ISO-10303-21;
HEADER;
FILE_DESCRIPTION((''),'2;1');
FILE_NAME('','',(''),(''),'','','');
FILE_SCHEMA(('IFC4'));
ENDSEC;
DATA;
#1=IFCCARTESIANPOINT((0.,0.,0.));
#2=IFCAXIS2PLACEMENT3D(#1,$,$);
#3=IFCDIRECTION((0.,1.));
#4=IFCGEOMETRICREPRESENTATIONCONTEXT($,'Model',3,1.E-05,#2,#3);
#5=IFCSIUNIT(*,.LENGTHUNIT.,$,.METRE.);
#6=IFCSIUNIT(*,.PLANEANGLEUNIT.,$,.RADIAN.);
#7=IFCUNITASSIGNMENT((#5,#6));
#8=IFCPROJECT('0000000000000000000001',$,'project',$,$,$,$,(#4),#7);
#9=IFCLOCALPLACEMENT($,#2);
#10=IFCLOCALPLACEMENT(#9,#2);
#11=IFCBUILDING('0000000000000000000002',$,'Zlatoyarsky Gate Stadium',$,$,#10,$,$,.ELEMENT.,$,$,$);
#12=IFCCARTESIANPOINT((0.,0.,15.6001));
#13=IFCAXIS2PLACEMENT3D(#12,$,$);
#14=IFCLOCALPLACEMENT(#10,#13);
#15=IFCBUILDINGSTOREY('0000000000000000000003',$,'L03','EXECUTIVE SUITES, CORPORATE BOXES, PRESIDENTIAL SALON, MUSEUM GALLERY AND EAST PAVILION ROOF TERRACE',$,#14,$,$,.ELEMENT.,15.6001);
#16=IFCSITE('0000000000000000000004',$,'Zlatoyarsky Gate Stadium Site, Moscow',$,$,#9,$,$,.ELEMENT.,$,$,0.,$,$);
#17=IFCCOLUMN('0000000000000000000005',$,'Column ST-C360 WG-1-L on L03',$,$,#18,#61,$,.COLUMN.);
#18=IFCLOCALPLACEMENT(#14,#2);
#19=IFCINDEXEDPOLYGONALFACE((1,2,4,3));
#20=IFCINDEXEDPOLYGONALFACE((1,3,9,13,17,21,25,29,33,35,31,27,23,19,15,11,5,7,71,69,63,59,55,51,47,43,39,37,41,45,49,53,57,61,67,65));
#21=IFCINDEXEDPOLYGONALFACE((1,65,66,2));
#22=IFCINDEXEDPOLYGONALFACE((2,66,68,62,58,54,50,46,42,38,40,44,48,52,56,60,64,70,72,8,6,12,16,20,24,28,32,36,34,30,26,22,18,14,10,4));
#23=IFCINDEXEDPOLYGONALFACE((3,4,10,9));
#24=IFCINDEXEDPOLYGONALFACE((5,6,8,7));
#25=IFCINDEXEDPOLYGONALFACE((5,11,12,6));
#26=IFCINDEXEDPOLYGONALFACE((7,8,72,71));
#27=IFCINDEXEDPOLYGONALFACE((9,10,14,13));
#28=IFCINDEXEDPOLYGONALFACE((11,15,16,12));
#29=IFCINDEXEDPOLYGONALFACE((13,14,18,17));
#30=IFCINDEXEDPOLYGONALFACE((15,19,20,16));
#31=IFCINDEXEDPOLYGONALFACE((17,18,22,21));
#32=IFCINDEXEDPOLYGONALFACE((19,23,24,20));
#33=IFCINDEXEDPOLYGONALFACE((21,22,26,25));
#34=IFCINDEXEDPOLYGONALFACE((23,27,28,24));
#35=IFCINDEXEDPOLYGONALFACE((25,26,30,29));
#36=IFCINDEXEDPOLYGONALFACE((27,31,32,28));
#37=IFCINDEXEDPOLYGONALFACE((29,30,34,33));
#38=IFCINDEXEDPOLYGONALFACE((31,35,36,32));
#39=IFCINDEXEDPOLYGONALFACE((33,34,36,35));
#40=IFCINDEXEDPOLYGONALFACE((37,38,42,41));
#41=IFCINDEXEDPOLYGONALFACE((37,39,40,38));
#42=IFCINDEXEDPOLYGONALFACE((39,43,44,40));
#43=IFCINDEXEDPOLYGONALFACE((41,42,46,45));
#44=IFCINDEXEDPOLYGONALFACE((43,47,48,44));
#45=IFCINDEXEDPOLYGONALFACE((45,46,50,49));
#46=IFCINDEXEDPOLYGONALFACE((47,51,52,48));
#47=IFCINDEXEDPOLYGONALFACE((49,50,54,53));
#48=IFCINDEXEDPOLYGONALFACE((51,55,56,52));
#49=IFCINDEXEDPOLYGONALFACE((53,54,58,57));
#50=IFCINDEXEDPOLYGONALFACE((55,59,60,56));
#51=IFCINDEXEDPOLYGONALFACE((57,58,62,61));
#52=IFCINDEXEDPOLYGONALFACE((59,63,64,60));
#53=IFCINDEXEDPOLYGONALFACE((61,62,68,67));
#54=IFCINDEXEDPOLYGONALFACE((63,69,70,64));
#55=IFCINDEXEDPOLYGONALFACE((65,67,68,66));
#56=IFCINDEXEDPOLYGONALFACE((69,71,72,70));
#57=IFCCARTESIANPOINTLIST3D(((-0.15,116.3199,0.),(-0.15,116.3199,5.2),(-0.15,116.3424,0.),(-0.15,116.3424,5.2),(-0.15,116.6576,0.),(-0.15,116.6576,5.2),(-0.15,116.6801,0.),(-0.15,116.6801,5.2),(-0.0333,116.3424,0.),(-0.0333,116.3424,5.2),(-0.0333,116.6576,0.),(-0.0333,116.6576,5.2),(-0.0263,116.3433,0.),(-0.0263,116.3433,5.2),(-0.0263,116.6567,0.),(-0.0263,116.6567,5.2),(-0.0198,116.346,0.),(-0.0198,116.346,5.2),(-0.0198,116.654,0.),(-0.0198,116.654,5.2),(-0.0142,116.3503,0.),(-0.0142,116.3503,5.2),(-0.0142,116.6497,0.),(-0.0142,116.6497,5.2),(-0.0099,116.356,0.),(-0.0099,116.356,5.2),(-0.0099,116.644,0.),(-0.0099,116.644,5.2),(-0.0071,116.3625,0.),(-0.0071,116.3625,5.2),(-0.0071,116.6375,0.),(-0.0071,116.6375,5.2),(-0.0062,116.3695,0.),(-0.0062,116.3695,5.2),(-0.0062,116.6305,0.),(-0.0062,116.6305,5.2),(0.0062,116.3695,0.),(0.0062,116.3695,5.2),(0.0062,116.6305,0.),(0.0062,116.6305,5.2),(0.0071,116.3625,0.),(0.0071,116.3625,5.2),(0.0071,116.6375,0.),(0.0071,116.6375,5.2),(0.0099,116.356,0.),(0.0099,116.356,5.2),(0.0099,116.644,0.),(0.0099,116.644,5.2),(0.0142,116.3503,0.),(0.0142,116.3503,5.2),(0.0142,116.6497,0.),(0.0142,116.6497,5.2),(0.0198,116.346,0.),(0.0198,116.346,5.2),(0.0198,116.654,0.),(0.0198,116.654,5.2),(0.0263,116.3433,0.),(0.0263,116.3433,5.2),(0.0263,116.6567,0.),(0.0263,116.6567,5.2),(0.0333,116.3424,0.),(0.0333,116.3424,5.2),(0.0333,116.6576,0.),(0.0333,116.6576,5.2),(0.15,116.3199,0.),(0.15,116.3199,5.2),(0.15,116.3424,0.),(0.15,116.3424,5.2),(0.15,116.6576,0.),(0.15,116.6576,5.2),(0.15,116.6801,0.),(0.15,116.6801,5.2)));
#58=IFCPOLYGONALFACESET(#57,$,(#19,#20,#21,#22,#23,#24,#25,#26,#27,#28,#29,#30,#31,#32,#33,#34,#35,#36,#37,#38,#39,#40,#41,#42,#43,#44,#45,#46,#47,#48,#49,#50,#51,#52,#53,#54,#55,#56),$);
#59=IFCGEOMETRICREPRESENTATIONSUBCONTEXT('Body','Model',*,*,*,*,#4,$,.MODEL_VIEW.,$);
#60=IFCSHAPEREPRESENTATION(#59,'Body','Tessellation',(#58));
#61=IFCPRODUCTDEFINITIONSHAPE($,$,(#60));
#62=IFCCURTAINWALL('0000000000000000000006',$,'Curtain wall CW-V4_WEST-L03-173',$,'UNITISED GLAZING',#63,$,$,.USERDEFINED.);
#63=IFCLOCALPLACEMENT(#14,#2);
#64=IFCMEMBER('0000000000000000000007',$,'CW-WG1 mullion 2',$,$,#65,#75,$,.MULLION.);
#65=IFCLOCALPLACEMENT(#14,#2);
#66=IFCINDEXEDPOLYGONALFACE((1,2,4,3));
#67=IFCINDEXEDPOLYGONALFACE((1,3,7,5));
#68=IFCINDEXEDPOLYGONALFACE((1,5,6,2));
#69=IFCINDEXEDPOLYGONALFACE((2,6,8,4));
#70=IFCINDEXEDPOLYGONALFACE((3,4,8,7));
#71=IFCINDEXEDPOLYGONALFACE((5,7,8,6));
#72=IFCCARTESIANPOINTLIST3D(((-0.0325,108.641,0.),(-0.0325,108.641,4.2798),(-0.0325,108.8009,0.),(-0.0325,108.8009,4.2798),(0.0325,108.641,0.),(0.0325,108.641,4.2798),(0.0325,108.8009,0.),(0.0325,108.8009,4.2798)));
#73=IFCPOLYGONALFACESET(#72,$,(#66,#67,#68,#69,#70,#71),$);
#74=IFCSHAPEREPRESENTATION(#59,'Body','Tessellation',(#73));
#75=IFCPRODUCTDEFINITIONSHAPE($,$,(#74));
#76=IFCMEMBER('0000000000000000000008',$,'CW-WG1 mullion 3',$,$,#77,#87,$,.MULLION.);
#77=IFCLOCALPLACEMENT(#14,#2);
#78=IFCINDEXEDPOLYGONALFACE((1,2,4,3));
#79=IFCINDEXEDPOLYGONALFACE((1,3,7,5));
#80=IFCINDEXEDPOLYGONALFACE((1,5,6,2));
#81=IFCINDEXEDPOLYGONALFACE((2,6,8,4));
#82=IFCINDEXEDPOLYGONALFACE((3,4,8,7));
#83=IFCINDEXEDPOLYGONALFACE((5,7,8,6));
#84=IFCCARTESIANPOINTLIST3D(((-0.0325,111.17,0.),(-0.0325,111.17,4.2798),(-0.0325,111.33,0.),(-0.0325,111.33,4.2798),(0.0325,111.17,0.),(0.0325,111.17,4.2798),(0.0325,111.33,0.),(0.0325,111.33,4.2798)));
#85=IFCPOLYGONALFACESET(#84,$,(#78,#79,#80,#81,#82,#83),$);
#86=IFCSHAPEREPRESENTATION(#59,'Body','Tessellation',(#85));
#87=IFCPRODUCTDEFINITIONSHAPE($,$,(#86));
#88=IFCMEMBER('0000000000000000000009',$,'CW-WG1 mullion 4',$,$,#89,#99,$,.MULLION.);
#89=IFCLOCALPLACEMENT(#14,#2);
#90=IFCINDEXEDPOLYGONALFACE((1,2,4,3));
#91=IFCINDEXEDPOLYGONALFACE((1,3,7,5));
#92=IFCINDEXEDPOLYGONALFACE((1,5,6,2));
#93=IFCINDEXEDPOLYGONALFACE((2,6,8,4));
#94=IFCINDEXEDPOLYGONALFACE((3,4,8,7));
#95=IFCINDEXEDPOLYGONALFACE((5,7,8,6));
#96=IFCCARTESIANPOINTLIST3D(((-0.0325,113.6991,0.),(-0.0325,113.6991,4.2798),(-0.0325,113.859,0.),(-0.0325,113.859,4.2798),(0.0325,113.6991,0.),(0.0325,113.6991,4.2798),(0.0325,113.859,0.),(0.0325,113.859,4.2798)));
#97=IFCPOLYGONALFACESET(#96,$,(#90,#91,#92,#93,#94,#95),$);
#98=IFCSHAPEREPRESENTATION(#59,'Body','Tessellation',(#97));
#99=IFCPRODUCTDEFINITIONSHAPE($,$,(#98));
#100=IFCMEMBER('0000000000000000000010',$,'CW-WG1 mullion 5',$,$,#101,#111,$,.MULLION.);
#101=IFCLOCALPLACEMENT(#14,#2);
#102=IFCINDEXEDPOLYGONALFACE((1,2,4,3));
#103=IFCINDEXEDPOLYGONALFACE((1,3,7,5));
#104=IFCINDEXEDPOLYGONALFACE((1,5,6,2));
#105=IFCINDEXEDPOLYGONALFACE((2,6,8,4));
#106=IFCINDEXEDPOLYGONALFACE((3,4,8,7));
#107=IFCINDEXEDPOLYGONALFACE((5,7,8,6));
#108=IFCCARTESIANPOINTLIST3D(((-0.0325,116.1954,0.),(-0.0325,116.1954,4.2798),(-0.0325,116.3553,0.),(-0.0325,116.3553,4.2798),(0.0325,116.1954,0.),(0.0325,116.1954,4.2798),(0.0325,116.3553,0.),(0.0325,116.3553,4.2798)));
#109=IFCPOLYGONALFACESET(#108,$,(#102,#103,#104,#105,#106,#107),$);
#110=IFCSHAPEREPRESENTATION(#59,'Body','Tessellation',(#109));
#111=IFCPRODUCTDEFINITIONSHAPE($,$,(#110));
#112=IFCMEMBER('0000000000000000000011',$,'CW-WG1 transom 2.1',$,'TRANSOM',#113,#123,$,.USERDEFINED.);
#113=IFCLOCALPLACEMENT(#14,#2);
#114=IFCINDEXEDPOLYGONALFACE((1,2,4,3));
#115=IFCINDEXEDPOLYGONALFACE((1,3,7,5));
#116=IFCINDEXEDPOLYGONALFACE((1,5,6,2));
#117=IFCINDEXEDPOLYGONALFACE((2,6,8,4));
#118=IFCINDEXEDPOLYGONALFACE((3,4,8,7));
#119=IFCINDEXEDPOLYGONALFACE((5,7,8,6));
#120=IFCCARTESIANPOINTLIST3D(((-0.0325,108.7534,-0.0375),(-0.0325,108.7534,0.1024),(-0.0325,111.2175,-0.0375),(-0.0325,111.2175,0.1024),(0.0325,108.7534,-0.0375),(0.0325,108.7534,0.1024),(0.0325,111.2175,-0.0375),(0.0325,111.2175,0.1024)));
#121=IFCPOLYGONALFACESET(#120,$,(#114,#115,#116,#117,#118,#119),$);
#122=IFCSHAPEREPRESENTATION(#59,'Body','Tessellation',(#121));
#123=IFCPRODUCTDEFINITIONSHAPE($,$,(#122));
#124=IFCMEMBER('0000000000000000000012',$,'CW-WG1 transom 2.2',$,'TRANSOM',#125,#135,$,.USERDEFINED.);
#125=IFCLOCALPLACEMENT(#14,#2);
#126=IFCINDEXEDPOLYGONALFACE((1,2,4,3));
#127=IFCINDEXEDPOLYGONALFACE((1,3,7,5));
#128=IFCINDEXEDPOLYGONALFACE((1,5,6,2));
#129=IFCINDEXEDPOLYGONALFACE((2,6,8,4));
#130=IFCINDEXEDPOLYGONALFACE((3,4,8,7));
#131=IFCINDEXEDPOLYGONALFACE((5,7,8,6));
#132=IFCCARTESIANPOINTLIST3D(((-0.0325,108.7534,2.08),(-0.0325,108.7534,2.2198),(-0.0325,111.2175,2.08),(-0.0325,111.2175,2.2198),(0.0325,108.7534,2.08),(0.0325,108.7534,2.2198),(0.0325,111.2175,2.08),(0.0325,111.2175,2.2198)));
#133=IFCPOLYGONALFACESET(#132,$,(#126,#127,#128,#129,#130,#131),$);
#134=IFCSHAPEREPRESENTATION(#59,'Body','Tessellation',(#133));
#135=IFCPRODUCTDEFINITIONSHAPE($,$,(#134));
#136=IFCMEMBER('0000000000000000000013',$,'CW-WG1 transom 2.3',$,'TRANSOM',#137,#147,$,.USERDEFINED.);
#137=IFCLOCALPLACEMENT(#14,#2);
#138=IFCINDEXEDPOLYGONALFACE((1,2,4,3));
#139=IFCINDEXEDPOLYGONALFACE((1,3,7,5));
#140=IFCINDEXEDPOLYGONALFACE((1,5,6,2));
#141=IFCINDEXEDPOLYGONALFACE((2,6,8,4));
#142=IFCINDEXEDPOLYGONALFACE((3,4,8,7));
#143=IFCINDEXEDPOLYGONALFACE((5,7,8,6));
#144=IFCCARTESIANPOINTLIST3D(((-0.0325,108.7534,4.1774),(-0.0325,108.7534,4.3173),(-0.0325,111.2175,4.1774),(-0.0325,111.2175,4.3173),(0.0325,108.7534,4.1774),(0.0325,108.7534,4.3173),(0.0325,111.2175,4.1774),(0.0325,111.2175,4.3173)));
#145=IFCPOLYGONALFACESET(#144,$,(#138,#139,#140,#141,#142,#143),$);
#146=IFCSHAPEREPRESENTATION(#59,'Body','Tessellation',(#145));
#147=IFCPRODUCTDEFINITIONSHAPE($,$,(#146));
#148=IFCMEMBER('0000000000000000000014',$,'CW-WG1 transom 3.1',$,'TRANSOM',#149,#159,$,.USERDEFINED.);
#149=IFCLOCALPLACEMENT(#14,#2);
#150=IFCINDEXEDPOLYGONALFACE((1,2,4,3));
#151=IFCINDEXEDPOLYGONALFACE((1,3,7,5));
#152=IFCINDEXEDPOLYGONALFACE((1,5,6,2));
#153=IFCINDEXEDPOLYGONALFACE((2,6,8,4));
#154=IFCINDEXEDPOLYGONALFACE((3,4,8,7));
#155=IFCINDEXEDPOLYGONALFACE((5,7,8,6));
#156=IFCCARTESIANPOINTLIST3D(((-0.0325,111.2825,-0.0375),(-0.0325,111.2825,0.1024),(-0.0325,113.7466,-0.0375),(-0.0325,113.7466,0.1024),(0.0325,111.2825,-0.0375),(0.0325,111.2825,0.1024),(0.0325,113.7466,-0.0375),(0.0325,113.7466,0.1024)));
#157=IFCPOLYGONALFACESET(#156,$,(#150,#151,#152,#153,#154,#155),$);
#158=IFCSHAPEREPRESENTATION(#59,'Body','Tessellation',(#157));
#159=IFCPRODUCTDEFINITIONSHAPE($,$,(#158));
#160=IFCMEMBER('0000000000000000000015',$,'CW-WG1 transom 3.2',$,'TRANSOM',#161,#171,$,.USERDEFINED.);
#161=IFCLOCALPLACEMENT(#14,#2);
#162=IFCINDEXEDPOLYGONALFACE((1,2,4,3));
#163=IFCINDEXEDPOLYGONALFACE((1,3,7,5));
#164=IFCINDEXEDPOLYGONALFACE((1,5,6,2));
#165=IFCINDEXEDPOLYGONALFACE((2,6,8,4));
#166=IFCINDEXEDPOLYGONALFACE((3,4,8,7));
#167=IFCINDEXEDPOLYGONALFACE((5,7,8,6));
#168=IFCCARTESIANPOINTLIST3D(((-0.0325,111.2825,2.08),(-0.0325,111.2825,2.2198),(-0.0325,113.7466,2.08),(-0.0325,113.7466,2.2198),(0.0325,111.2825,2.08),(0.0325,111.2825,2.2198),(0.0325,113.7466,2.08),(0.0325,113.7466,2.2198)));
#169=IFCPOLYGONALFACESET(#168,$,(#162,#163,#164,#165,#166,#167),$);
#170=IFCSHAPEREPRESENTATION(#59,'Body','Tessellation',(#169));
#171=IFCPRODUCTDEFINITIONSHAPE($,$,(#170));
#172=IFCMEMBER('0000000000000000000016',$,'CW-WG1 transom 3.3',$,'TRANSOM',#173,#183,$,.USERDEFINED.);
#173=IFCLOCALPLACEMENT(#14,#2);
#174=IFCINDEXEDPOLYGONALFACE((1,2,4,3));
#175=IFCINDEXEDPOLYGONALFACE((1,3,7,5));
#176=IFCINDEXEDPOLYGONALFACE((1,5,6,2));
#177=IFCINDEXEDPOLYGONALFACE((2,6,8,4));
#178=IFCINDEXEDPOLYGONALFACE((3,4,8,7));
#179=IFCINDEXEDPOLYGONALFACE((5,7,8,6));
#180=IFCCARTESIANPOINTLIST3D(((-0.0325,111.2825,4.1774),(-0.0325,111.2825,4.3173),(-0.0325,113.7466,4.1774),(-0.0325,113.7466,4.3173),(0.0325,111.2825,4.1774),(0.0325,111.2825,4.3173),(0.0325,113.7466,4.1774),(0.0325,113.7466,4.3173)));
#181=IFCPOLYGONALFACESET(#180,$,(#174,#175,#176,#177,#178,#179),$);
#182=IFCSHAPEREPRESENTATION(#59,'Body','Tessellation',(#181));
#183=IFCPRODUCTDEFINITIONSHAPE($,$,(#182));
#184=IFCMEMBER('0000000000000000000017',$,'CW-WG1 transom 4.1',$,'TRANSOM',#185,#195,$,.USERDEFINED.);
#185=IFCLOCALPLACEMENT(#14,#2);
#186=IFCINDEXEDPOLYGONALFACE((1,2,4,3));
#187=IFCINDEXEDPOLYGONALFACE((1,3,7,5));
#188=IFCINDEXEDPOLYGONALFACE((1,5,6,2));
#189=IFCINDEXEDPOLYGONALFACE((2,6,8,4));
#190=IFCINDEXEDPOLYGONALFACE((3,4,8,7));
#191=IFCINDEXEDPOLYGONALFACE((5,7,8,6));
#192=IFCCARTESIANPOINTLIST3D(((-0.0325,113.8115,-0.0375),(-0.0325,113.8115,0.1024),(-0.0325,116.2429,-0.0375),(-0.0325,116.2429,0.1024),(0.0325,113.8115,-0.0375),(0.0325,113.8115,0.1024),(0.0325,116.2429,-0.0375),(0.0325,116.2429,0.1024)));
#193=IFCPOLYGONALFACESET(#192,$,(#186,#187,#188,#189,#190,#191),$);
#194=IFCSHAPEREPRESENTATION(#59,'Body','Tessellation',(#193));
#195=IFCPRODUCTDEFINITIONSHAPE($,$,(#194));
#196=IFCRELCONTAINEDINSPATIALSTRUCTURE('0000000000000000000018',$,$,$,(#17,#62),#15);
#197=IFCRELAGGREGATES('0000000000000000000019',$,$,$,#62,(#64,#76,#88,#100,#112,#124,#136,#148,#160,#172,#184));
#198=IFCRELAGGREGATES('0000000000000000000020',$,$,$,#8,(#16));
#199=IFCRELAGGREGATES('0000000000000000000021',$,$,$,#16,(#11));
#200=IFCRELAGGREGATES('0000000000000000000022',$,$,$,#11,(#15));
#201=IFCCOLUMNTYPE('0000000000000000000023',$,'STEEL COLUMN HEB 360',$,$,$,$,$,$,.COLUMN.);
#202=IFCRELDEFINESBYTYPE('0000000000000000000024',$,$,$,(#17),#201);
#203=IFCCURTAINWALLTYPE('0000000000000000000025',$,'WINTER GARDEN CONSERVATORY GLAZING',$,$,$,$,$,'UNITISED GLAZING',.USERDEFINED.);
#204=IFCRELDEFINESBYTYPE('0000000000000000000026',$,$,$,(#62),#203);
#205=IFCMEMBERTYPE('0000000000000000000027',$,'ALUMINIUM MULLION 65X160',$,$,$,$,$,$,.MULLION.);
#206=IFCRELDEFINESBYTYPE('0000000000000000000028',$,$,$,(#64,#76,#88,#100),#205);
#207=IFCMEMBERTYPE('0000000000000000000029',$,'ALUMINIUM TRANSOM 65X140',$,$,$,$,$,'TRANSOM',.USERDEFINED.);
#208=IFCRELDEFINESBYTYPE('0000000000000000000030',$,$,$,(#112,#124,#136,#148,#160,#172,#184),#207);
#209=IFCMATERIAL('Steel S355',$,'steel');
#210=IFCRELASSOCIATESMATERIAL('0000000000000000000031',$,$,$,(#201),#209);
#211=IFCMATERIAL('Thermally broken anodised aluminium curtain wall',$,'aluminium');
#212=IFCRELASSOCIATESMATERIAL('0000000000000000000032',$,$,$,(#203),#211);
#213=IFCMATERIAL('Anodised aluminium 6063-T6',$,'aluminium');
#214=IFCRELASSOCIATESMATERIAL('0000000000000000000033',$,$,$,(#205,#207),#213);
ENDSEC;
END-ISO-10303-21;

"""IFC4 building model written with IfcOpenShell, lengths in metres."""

from ifc_helpers import new_model, si_unit, direction, frame, origin, origin_2d, place, context, subcontext, project, spatial, rectangle, i_section, extrude, material, material_profile, profile_set, type_object, element, aggregate, save


model = new_model("IFC4")

# Units and contexts
model_context = context("Model", 3, precision=1e-05, world=origin(), true_north=direction((0.0, 1.0)))
body_context = subcontext(model_context, "Body", "Model", "MODEL_VIEW")
ifc_project = project(units=[si_unit("LENGTHUNIT", "METRE"), si_unit("PLANEANGLEUNIT", "RADIAN")], contexts=[model_context])

# Site, building, storey
site_placement = place(None, origin())
site = spatial("IfcSite", under=ifc_project, at=site_placement, Name="Zlatoyarsky Gate Stadium Site, Moscow", CompositionType="ELEMENT", RefElevation=0.0)
building_placement = place(site_placement, origin())
building = spatial("IfcBuilding", under=site, at=building_placement, Name="Zlatoyarsky Gate Stadium", CompositionType="ELEMENT")
storey_placement = place(building_placement, frame((0.0, 0.0, 15.6001)))
storey = spatial("IfcBuildingStorey", under=building, at=storey_placement, Name="L03", Description="EXECUTIVE SUITES, CORPORATE BOXES, PRESIDENTIAL SALON, MUSEUM GALLERY AND EAST PAVILION ROOF TERRACE", CompositionType="ELEMENT", Elevation=15.6001)

# Column
ifc_material_1 = material(Name="Steel S355", Category="steel")
ifc_material_profile_1 = material_profile(ifc_material_1, i_section(OverallWidth=0.3, OverallDepth=0.3601, WebThickness=0.0125, FlangeThickness=0.0225, FilletRadius=0.0271, at=origin_2d()), Name="HEB 360")
ifc_profile_set_1 = profile_set([ifc_material_profile_1], Name="Steel S355")
column_type = type_object("IfcColumnType", Name="STEEL COLUMN HEB 360", PredefinedType="COLUMN", material=ifc_profile_set_1)
column_placement = place(storey_placement, frame((0.0, 116.5, 0.0), z_axis=(0.0, 0.0, 1.0), x_axis=(1.0, 0.0, 0.0)))
element("IfcColumn", 1, at=column_placement, inside=storey, type_object=column_type, Name="Column ST-C360 WG-1-L on L03", PredefinedType="COLUMN", context=body_context, shape_type="SweptSolid", body=[
    extrude(i_section(OverallWidth=0.3, OverallDepth=0.3601, WebThickness=0.0125, FlangeThickness=0.0225, FilletRadius=0.0271, at=origin_2d()), origin(), (0.0, 0.0, 1.0), 5.2),
])

# Curtain wall, members
ifc_material_2 = material(Name="Thermally broken anodised aluminium curtain wall", Category="aluminium")
curtain_wall_type = type_object("IfcCurtainWallType", Name="WINTER GARDEN CONSERVATORY GLAZING", ElementType="UNITISED GLAZING", PredefinedType="USERDEFINED", material=ifc_material_2)
curtain_wall_placement = place(storey_placement, origin())
curtain_wall = element("IfcCurtainWall", 2, at=curtain_wall_placement, inside=storey, type_object=curtain_wall_type, Name="Curtain wall CW-V4_WEST-L03-173", ObjectType="UNITISED GLAZING", PredefinedType="USERDEFINED")
ifc_material_3 = material(Name="Anodised aluminium 6063-T6", Category="aluminium")
ifc_material_profile_2 = material_profile(ifc_material_3, rectangle(XDim=0.0649, YDim=0.1599, at=origin_2d()), Name="ALU 65X160")
ifc_profile_set_2 = profile_set([ifc_material_profile_2], Name="Anodised aluminium 6063-T6")
member_type_1 = type_object("IfcMemberType", Name="ALUMINIUM MULLION 65X160", PredefinedType="MULLION", material=ifc_profile_set_2)
member_1_placement = place(storey_placement, frame((0.0, 108.7209, 0.0), z_axis=(0.0, 0.0, 1.0), x_axis=(-1.0, 0.0, 0.0)))
member_1 = element("IfcMember", 3, at=member_1_placement, type_object=member_type_1, Name="CW-WG1 mullion 2", PredefinedType="MULLION", context=body_context, shape_type="SweptSolid", body=[
    extrude(rectangle(XDim=0.0649, YDim=0.1599, at=origin_2d()), origin(), (0.0, 0.0, 1.0), 4.2798),
])
member_2_placement = place(storey_placement, frame((0.0, 111.25, 0.0), z_axis=(0.0, 0.0, 1.0), x_axis=(-1.0, 0.0, 0.0)))
member_2 = element("IfcMember", 4, at=member_2_placement, type_object=member_type_1, Name="CW-WG1 mullion 3", PredefinedType="MULLION", context=body_context, shape_type="SweptSolid", body=[
    extrude(rectangle(XDim=0.0649, YDim=0.1599, at=origin_2d()), origin(), (0.0, 0.0, 1.0), 4.2798),
])
member_3_placement = place(storey_placement, frame((0.0, 113.7791, 0.0), z_axis=(0.0, 0.0, 1.0), x_axis=(-1.0, 0.0, 0.0)))
member_3 = element("IfcMember", 5, at=member_3_placement, type_object=member_type_1, Name="CW-WG1 mullion 4", PredefinedType="MULLION", context=body_context, shape_type="SweptSolid", body=[
    extrude(rectangle(XDim=0.0649, YDim=0.1599, at=origin_2d()), origin(), (0.0, 0.0, 1.0), 4.2798),
])
member_4_placement = place(storey_placement, frame((0.0, 116.2754, 0.0), z_axis=(0.0, 0.0, 1.0), x_axis=(-1.0, 0.0, 0.0)))
member_4 = element("IfcMember", 6, at=member_4_placement, type_object=member_type_1, Name="CW-WG1 mullion 5", PredefinedType="MULLION", context=body_context, shape_type="SweptSolid", body=[
    extrude(rectangle(XDim=0.0649, YDim=0.1599, at=origin_2d()), origin(), (0.0, 0.0, 1.0), 4.2798),
])
ifc_material_profile_3 = material_profile(ifc_material_3, rectangle(XDim=0.0649, YDim=0.1399, at=origin_2d()), Name="ALU 65X140")
ifc_profile_set_3 = profile_set([ifc_material_profile_3], Name="Anodised aluminium 6063-T6")
member_type_2 = type_object("IfcMemberType", Name="ALUMINIUM TRANSOM 65X140", ElementType="TRANSOM", PredefinedType="USERDEFINED", material=ifc_profile_set_3)
member_5_placement = place(storey_placement, frame((0.0, 108.7534, 0.0325), z_axis=(0.0, 1.0, 0.0), x_axis=(-1.0, 0.0, 0.0)))
member_5 = element("IfcMember", 7, at=member_5_placement, type_object=member_type_2, Name="CW-WG1 transom 2.1", ObjectType="TRANSOM", PredefinedType="USERDEFINED", context=body_context, shape_type="SweptSolid", body=[
    extrude(rectangle(XDim=0.0649, YDim=0.1399, at=origin_2d()), origin(), (0.0, 0.0, 1.0), 2.4641),
])
member_6_placement = place(storey_placement, frame((0.0, 108.7534, 2.1499), z_axis=(0.0, 1.0, 0.0), x_axis=(-1.0, 0.0, 0.0)))
member_6 = element("IfcMember", 8, at=member_6_placement, type_object=member_type_2, Name="CW-WG1 transom 2.2", ObjectType="TRANSOM", PredefinedType="USERDEFINED", context=body_context, shape_type="SweptSolid", body=[
    extrude(rectangle(XDim=0.0649, YDim=0.1399, at=origin_2d()), origin(), (0.0, 0.0, 1.0), 2.4641),
])
member_7_placement = place(storey_placement, frame((0.0, 108.7534, 4.2473), z_axis=(0.0, 1.0, 0.0), x_axis=(-1.0, 0.0, 0.0)))
member_7 = element("IfcMember", 9, at=member_7_placement, type_object=member_type_2, Name="CW-WG1 transom 2.3", ObjectType="TRANSOM", PredefinedType="USERDEFINED", context=body_context, shape_type="SweptSolid", body=[
    extrude(rectangle(XDim=0.0649, YDim=0.1399, at=origin_2d()), origin(), (0.0, 0.0, 1.0), 2.4641),
])
member_8_placement = place(storey_placement, frame((0.0, 111.2825, 0.0325), z_axis=(0.0, 1.0, 0.0), x_axis=(-1.0, 0.0, 0.0)))
member_8 = element("IfcMember", 10, at=member_8_placement, type_object=member_type_2, Name="CW-WG1 transom 3.1", ObjectType="TRANSOM", PredefinedType="USERDEFINED", context=body_context, shape_type="SweptSolid", body=[
    extrude(rectangle(XDim=0.0649, YDim=0.1399, at=origin_2d()), origin(), (0.0, 0.0, 1.0), 2.4641),
])
member_9_placement = place(storey_placement, frame((0.0, 111.2825, 2.1499), z_axis=(0.0, 1.0, 0.0), x_axis=(-1.0, 0.0, 0.0)))
member_9 = element("IfcMember", 11, at=member_9_placement, type_object=member_type_2, Name="CW-WG1 transom 3.2", ObjectType="TRANSOM", PredefinedType="USERDEFINED", context=body_context, shape_type="SweptSolid", body=[
    extrude(rectangle(XDim=0.0649, YDim=0.1399, at=origin_2d()), origin(), (0.0, 0.0, 1.0), 2.4641),
])
member_10_placement = place(storey_placement, frame((0.0, 111.2825, 4.2473), z_axis=(0.0, 1.0, 0.0), x_axis=(-1.0, 0.0, 0.0)))
member_10 = element("IfcMember", 12, at=member_10_placement, type_object=member_type_2, Name="CW-WG1 transom 3.3", ObjectType="TRANSOM", PredefinedType="USERDEFINED", context=body_context, shape_type="SweptSolid", body=[
    extrude(rectangle(XDim=0.0649, YDim=0.1399, at=origin_2d()), origin(), (0.0, 0.0, 1.0), 2.4641),
])
member_11_placement = place(storey_placement, frame((0.0, 113.8115, 0.0325), z_axis=(0.0, 1.0, 0.0), x_axis=(-1.0, 0.0, 0.0)))
member_11 = element("IfcMember", 13, at=member_11_placement, type_object=member_type_2, Name="CW-WG1 transom 4.1", ObjectType="TRANSOM", PredefinedType="USERDEFINED", context=body_context, shape_type="SweptSolid", body=[
    extrude(rectangle(XDim=0.0649, YDim=0.1399, at=origin_2d()), origin(), (0.0, 0.0, 1.0), 2.4314),
])

aggregate(curtain_wall, [member_1, member_2, member_3, member_4, member_5, member_6, member_7, member_8, member_9, member_10, member_11])

save(model, "model.ifc")
